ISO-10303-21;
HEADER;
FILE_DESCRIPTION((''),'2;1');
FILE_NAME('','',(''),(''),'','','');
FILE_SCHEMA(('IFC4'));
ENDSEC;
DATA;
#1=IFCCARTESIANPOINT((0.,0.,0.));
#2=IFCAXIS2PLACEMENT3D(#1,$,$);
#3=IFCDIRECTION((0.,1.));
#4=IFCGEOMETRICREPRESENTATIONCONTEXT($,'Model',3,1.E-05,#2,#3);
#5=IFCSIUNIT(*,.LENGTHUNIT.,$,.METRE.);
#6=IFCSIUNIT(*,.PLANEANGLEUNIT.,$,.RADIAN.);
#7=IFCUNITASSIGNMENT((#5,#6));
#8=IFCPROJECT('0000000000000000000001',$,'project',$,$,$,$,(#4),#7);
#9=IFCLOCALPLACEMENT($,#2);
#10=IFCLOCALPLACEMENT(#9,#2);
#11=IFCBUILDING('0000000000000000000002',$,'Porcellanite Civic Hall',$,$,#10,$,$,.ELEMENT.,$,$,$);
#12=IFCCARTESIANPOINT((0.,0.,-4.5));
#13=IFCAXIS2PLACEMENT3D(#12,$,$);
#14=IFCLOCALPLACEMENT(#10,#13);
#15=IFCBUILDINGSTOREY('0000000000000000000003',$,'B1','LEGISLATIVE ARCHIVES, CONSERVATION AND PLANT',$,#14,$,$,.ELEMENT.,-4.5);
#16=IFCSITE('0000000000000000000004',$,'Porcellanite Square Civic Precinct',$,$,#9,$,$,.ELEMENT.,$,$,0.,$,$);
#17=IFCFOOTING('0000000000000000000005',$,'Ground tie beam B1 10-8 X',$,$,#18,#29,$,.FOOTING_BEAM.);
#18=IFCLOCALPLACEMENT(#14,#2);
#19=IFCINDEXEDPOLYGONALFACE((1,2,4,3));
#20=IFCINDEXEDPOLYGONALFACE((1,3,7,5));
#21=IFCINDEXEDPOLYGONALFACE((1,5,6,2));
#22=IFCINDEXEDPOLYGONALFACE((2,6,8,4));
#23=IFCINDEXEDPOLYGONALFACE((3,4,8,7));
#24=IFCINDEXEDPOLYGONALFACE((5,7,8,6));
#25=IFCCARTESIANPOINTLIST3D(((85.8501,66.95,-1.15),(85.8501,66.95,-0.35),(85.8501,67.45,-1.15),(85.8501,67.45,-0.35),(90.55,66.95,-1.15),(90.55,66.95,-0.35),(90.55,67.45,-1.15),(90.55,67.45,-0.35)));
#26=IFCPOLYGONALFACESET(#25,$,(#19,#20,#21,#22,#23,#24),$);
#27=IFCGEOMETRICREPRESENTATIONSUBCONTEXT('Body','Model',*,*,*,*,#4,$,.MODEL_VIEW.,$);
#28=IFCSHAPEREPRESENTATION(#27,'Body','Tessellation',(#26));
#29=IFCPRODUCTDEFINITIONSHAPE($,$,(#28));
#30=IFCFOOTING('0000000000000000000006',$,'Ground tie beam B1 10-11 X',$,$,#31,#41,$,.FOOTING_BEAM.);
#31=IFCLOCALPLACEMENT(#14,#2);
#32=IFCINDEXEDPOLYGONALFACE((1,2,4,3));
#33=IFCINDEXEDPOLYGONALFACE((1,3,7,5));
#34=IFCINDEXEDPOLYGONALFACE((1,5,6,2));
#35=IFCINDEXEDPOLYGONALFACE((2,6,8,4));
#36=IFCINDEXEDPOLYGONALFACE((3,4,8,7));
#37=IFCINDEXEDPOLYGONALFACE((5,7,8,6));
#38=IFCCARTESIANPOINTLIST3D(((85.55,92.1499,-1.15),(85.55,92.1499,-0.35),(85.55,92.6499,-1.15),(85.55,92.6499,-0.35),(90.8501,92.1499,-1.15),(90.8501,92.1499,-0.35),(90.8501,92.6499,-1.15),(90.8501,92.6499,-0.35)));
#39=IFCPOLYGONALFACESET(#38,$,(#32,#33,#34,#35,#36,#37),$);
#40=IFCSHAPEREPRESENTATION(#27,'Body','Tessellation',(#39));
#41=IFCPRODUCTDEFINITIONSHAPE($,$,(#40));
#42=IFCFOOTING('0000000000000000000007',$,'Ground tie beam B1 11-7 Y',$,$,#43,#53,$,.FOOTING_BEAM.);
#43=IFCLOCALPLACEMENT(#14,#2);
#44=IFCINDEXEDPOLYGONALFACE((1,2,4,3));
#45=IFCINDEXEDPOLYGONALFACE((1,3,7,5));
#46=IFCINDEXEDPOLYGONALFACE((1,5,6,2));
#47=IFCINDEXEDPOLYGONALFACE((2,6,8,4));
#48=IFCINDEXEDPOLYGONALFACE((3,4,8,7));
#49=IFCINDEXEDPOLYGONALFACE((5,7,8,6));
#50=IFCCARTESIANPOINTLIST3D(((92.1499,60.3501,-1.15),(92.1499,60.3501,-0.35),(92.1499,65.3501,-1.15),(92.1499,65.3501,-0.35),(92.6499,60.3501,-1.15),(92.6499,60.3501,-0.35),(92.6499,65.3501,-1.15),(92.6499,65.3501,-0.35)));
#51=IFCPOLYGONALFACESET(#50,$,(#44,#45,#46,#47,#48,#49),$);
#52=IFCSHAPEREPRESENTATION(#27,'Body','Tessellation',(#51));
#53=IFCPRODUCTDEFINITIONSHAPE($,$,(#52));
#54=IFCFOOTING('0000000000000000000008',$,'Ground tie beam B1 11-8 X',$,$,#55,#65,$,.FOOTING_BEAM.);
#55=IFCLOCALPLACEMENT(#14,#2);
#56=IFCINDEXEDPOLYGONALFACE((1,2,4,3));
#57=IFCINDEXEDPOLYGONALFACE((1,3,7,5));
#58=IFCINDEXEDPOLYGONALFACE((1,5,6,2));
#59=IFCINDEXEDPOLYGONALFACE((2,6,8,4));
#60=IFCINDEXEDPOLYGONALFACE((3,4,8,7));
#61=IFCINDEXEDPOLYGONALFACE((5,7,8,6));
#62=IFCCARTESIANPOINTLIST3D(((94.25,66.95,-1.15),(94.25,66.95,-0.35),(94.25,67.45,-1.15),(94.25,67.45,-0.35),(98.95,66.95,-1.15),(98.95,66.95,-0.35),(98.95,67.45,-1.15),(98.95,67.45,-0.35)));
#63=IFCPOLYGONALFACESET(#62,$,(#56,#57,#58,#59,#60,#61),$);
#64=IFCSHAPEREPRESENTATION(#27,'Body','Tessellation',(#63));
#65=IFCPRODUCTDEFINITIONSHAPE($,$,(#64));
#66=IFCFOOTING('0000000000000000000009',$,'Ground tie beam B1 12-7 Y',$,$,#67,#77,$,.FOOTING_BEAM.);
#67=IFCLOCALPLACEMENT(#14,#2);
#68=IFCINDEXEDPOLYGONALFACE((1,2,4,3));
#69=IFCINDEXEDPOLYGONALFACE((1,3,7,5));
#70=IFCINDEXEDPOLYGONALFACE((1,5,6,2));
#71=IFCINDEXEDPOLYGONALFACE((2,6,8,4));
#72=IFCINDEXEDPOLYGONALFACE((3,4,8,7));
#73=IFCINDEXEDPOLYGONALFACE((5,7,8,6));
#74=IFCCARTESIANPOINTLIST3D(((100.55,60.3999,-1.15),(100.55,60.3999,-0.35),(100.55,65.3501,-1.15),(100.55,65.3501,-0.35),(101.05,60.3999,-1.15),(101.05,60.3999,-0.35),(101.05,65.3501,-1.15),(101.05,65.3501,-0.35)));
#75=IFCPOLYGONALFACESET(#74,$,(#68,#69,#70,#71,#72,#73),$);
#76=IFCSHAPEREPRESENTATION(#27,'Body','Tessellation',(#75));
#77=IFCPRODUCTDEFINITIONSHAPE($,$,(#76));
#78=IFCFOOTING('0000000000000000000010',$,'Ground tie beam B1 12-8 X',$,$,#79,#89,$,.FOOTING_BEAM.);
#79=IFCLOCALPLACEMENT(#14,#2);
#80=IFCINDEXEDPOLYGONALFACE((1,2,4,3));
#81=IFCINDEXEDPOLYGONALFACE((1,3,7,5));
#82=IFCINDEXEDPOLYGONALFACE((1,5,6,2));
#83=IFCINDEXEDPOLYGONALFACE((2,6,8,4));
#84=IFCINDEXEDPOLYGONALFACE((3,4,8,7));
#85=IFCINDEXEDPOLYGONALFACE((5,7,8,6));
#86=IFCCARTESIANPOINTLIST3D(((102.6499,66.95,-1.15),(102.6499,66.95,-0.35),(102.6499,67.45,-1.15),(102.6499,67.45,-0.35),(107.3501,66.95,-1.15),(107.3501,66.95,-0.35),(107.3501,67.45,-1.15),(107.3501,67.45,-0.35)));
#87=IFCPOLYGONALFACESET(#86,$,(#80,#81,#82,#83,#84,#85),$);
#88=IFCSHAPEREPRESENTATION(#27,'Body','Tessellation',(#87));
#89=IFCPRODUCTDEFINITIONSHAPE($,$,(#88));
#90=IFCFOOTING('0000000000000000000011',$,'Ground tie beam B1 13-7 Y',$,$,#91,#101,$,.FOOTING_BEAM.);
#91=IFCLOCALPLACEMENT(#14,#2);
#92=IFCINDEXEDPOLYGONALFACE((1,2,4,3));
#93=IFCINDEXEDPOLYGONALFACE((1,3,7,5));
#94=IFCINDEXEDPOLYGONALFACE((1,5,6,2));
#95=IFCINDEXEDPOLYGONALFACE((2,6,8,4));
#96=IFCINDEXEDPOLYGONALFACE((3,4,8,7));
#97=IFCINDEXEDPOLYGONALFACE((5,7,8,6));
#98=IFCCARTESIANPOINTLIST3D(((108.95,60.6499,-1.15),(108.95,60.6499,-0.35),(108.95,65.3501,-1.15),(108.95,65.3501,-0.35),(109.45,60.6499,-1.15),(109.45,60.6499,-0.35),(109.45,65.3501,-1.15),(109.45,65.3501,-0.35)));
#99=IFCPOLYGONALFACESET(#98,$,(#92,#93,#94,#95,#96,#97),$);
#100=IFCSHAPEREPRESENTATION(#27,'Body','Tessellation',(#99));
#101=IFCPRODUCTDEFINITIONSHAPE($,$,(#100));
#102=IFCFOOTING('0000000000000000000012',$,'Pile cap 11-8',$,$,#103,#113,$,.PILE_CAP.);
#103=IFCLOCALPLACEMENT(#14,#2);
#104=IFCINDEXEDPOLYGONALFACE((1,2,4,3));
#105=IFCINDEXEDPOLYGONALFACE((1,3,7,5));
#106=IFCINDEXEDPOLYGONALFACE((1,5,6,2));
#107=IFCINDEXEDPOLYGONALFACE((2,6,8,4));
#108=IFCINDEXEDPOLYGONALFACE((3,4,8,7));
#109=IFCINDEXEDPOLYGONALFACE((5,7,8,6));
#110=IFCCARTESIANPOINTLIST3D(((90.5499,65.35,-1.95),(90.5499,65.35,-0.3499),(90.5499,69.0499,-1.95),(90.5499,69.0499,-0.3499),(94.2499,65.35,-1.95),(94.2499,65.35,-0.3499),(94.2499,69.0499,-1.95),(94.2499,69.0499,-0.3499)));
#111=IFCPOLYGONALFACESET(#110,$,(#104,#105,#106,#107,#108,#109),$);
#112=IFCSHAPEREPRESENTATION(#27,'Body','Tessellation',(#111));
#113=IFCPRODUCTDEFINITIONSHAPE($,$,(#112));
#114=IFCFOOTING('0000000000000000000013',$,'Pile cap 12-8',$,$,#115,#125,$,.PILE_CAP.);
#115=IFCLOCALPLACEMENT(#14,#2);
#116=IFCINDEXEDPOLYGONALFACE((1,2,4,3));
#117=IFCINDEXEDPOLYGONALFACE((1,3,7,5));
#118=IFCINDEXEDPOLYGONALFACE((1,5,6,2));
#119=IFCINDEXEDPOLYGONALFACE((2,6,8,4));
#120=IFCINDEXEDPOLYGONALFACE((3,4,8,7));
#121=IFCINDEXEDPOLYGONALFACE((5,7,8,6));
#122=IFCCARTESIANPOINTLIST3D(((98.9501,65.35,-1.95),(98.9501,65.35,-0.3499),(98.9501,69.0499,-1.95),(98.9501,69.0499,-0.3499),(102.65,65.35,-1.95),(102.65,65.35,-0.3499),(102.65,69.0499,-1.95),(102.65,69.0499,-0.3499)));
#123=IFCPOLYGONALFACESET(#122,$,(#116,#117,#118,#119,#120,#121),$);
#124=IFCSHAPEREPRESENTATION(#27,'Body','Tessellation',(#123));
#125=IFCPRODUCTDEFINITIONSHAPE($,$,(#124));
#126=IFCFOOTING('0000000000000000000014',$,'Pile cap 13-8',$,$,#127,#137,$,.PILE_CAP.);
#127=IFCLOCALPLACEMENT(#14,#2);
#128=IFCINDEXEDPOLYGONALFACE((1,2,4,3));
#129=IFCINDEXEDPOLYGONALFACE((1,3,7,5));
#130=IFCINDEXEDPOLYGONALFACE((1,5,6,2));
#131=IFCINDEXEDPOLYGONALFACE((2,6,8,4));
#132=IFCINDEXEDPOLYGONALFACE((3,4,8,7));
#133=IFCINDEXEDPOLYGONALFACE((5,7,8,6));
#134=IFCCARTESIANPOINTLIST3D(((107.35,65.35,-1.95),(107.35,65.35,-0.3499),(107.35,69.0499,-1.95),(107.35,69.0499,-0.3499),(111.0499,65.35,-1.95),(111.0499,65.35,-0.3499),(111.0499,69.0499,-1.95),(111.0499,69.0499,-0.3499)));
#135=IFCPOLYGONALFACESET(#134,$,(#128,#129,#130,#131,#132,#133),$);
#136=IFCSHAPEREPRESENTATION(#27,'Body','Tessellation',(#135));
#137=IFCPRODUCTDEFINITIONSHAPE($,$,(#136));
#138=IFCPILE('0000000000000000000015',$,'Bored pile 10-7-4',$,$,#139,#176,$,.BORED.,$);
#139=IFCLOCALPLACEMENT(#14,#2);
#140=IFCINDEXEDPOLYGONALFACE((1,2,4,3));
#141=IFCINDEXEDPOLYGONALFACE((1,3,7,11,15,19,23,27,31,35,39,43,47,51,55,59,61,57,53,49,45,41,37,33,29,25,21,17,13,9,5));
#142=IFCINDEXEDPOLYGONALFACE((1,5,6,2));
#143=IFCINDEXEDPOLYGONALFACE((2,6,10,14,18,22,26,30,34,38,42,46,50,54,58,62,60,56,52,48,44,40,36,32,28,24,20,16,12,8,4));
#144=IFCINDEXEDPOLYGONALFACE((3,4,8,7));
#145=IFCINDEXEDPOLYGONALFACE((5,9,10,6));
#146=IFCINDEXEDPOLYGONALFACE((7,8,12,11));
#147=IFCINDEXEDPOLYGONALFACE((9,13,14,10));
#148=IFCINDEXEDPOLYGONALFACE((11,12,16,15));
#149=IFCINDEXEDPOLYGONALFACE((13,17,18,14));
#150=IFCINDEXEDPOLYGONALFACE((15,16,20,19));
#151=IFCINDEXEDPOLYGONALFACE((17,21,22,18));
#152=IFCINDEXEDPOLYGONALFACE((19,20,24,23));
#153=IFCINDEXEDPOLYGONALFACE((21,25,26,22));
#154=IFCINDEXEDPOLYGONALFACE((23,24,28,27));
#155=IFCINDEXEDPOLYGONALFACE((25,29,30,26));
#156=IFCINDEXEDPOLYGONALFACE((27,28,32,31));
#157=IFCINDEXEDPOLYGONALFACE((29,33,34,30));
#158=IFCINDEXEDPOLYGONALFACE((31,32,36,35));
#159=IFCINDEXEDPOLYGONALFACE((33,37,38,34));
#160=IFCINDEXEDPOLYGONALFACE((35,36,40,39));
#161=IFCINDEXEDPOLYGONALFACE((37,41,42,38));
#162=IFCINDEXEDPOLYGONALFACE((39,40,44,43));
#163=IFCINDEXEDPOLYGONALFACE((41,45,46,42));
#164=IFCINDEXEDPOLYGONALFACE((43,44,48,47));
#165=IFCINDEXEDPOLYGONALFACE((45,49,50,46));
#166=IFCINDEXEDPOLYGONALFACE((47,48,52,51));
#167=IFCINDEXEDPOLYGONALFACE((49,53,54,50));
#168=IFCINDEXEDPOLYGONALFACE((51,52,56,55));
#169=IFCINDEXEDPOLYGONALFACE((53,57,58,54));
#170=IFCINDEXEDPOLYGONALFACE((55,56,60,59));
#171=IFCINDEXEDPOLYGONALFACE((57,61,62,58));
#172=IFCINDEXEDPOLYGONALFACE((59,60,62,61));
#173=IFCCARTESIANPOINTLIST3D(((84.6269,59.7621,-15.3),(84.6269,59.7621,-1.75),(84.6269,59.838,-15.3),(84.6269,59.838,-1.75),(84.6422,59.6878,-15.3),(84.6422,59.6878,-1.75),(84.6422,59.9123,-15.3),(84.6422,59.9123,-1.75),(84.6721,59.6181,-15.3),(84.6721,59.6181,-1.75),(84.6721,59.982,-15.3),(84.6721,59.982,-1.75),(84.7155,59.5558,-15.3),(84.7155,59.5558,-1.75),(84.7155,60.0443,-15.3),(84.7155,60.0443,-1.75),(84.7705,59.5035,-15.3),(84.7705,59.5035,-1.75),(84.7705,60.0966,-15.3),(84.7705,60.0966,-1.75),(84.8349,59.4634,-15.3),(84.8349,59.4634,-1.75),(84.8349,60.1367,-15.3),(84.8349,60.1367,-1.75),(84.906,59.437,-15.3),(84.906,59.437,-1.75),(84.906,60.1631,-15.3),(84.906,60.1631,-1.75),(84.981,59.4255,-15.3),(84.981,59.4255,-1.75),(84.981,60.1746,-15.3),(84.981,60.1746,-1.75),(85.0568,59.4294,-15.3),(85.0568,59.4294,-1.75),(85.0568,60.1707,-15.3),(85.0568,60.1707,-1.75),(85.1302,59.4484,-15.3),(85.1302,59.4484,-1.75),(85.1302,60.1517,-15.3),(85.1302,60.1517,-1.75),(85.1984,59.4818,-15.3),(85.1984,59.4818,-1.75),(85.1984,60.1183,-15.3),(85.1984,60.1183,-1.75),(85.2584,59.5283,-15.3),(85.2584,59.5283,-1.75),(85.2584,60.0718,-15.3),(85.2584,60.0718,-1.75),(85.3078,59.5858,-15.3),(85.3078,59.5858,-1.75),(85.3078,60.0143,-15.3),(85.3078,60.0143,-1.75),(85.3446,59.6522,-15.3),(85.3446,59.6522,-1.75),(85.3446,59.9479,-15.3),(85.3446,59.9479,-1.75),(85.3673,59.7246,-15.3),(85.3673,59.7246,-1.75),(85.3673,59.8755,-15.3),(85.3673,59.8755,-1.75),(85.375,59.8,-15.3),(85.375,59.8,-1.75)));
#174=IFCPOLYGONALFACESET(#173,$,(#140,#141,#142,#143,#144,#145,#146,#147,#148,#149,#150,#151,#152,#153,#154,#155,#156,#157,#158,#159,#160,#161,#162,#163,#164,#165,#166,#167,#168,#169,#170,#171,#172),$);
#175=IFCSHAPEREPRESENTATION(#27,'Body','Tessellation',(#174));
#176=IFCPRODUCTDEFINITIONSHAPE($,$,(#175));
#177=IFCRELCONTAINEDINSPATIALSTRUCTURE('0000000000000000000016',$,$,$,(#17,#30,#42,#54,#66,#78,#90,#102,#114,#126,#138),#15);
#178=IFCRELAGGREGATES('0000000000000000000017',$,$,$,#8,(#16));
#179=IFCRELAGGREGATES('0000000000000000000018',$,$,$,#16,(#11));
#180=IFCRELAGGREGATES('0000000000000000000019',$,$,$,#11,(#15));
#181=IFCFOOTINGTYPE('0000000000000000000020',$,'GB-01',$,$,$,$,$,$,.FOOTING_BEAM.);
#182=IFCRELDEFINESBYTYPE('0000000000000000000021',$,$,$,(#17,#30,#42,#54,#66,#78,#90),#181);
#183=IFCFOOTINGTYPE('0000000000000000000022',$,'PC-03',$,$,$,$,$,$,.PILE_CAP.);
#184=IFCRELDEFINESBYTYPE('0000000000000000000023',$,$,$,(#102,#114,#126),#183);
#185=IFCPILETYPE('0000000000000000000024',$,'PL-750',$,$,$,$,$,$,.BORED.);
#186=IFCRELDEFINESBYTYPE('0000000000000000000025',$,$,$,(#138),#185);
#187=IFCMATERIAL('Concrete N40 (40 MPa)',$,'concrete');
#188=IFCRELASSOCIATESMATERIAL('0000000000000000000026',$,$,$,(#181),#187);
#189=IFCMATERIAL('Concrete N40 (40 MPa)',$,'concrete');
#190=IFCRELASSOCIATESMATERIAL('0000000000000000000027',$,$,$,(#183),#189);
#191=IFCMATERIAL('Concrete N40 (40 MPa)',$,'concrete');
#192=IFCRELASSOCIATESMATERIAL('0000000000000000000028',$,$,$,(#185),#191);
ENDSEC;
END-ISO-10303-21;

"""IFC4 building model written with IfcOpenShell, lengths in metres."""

from ifc_helpers import new_model, si_unit, direction, frame, origin, origin_2d, place, context, subcontext, project, spatial, rectangle, circle, extrude, material, material_profile, profile_set, type_object, element, save


model = new_model("IFC4")

# Units and contexts
model_context = context("Model", 3, precision=1e-05, world=origin(), true_north=direction((0.0, 1.0)))
body_context = subcontext(model_context, "Body", "Model", "MODEL_VIEW")
ifc_project = project(units=[si_unit("LENGTHUNIT", "METRE"), si_unit("PLANEANGLEUNIT", "RADIAN")], contexts=[model_context])

# Site, building, storey
site_placement = place(None, origin())
site = spatial("IfcSite", under=ifc_project, at=site_placement, Name="Porcellanite Square Civic Precinct", CompositionType="ELEMENT", RefElevation=0.0)
building_placement = place(site_placement, origin())
building = spatial("IfcBuilding", under=site, at=building_placement, Name="Porcellanite Civic Hall", CompositionType="ELEMENT")
storey_placement = place(building_placement, frame((0.0, 0.0, -4.5)))
storey = spatial("IfcBuildingStorey", under=building, at=storey_placement, Name="B1", Description="LEGISLATIVE ARCHIVES, CONSERVATION AND PLANT", CompositionType="ELEMENT", Elevation=-4.5)

# Footings
ifc_material_1 = material(Name="Concrete N40 (40 MPa)", Category="concrete")
ifc_material_profile_1 = material_profile(ifc_material_1, rectangle(XDim=0.5, YDim=0.8, at=origin_2d()), Name="RC-500x800")
ifc_profile_set_1 = profile_set([ifc_material_profile_1], Name="Concrete N40 (40 MPa)")
footing_type_1 = type_object("IfcFootingType", Name="GB-01", PredefinedType="FOOTING_BEAM", material=ifc_profile_set_1)
footing_1_placement = place(storey_placement, frame((85.8501, 67.2, -0.75), z_axis=(1.0, 0.0, 0.0), x_axis=(0.0, 1.0, 0.0)))
element("IfcFooting", 1, at=footing_1_placement, inside=storey, type_object=footing_type_1, Name="Ground tie beam B1 10-8 X", PredefinedType="FOOTING_BEAM", context=body_context, shape_type="SweptSolid", body=[
    extrude(rectangle(XDim=0.5, YDim=0.8, at=origin_2d()), origin(), (0.0, 0.0, 1.0), 4.7),
])
footing_2_placement = place(storey_placement, frame((85.55, 92.3999, -0.75), z_axis=(1.0, 0.0, 0.0), x_axis=(0.0, 1.0, 0.0)))
element("IfcFooting", 2, at=footing_2_placement, inside=storey, type_object=footing_type_1, Name="Ground tie beam B1 10-11 X", PredefinedType="FOOTING_BEAM", context=body_context, shape_type="SweptSolid", body=[
    extrude(rectangle(XDim=0.5, YDim=0.8, at=origin_2d()), origin(), (0.0, 0.0, 1.0), 5.3),
])
footing_3_placement = place(storey_placement, frame((92.3999, 60.3501, -0.75), z_axis=(0.0, 1.0, 0.0), x_axis=(-1.0, 0.0, 0.0)))
element("IfcFooting", 3, at=footing_3_placement, inside=storey, type_object=footing_type_1, Name="Ground tie beam B1 11-7 Y", PredefinedType="FOOTING_BEAM", context=body_context, shape_type="SweptSolid", body=[
    extrude(rectangle(XDim=0.5, YDim=0.8, at=origin_2d()), origin(), (0.0, 0.0, 1.0), 5.0),
])
footing_4_placement = place(storey_placement, frame((94.25, 67.2, -0.75), z_axis=(1.0, 0.0, 0.0), x_axis=(0.0, 1.0, 0.0)))
element("IfcFooting", 4, at=footing_4_placement, inside=storey, type_object=footing_type_1, Name="Ground tie beam B1 11-8 X", PredefinedType="FOOTING_BEAM", context=body_context, shape_type="SweptSolid", body=[
    extrude(rectangle(XDim=0.5, YDim=0.8, at=origin_2d()), origin(), (0.0, 0.0, 1.0), 4.7),
])
footing_5_placement = place(storey_placement, frame((100.8, 60.3999, -0.75), z_axis=(0.0, 1.0, 0.0), x_axis=(-1.0, 0.0, 0.0)))
element("IfcFooting", 5, at=footing_5_placement, inside=storey, type_object=footing_type_1, Name="Ground tie beam B1 12-7 Y", PredefinedType="FOOTING_BEAM", context=body_context, shape_type="SweptSolid", body=[
    extrude(rectangle(XDim=0.5, YDim=0.8, at=origin_2d()), origin(), (0.0, 0.0, 1.0), 4.9502),
])
for number, where, z_axis, x_axis, name in (
    (6, (102.6499, 67.2, -0.75), (1.0, 0.0, 0.0), (0.0, 1.0, 0.0), "Ground tie beam B1 12-8 X"),
    (7, (109.2, 60.6499, -0.75), (0.0, 1.0, 0.0), (-1.0, 0.0, 0.0), "Ground tie beam B1 13-7 Y"),
):
    element("IfcFooting", number, at=place(storey_placement, frame(where, z_axis=z_axis, x_axis=x_axis)), inside=storey, type_object=footing_type_1, Name=name, PredefinedType="FOOTING_BEAM", context=body_context, shape_type="SweptSolid", body=[
        extrude(rectangle(XDim=0.5, YDim=0.8, at=origin_2d()), origin(), (0.0, 0.0, 1.0), 4.7002),
    ])
ifc_material_2 = material(Name="Concrete N40 (40 MPa)", Category="concrete")
footing_type_2 = type_object("IfcFootingType", Name="PC-03", PredefinedType="PILE_CAP", material=ifc_material_2)
for number, where, z_axis, x_axis, name in (
    (8, (92.3999, 67.2, -1.95), (0.0, 0.0, 1.0), (1.0, 0.0, 0.0), "Pile cap 11-8"),
    (9, (100.8, 67.2, -1.95), (0.0, 0.0, 1.0), (1.0, 0.0, 0.0), "Pile cap 12-8"),
    (10, (109.2, 67.2, -1.95), (0.0, 0.0, 1.0), (1.0, 0.0, 0.0), "Pile cap 13-8"),
):
    element("IfcFooting", number, at=place(storey_placement, frame(where, z_axis=z_axis, x_axis=x_axis)), inside=storey, type_object=footing_type_2, Name=name, PredefinedType="PILE_CAP", context=body_context, shape_type="SweptSolid", body=[
        extrude(rectangle(XDim=3.7, YDim=3.7, at=origin_2d()), origin(), (0.0, 0.0, 1.0), 1.6001),
    ])

# Pile
ifc_material_3 = material(Name="Concrete N40 (40 MPa)", Category="concrete")
ifc_material_profile_2 = material_profile(ifc_material_3, circle(Radius=0.375, at=origin_2d()), Name="PILE-D750")
ifc_profile_set_2 = profile_set([ifc_material_profile_2], Name="Concrete N40 (40 MPa)")
pile_type_1 = type_object("IfcPileType", Name="PL-750", PredefinedType="BORED", material=ifc_profile_set_2)
for number, where, z_axis, x_axis, name in (
    (11, (85.0, 59.8, -1.75), (0.0, 0.0, -1.0), (1.0, 0.0, 0.0), "Bored pile 10-7-4"),
):
    element("IfcPile", number, at=place(storey_placement, frame(where, z_axis=z_axis, x_axis=x_axis)), inside=storey, type_object=pile_type_1, Name=name, PredefinedType="BORED", context=body_context, shape_type="SweptSolid", body=[
        extrude(circle(Radius=0.375, at=origin_2d()), origin(), (0.0, 0.0, 1.0), 13.55),
    ])

save(model, "model.ifc")
